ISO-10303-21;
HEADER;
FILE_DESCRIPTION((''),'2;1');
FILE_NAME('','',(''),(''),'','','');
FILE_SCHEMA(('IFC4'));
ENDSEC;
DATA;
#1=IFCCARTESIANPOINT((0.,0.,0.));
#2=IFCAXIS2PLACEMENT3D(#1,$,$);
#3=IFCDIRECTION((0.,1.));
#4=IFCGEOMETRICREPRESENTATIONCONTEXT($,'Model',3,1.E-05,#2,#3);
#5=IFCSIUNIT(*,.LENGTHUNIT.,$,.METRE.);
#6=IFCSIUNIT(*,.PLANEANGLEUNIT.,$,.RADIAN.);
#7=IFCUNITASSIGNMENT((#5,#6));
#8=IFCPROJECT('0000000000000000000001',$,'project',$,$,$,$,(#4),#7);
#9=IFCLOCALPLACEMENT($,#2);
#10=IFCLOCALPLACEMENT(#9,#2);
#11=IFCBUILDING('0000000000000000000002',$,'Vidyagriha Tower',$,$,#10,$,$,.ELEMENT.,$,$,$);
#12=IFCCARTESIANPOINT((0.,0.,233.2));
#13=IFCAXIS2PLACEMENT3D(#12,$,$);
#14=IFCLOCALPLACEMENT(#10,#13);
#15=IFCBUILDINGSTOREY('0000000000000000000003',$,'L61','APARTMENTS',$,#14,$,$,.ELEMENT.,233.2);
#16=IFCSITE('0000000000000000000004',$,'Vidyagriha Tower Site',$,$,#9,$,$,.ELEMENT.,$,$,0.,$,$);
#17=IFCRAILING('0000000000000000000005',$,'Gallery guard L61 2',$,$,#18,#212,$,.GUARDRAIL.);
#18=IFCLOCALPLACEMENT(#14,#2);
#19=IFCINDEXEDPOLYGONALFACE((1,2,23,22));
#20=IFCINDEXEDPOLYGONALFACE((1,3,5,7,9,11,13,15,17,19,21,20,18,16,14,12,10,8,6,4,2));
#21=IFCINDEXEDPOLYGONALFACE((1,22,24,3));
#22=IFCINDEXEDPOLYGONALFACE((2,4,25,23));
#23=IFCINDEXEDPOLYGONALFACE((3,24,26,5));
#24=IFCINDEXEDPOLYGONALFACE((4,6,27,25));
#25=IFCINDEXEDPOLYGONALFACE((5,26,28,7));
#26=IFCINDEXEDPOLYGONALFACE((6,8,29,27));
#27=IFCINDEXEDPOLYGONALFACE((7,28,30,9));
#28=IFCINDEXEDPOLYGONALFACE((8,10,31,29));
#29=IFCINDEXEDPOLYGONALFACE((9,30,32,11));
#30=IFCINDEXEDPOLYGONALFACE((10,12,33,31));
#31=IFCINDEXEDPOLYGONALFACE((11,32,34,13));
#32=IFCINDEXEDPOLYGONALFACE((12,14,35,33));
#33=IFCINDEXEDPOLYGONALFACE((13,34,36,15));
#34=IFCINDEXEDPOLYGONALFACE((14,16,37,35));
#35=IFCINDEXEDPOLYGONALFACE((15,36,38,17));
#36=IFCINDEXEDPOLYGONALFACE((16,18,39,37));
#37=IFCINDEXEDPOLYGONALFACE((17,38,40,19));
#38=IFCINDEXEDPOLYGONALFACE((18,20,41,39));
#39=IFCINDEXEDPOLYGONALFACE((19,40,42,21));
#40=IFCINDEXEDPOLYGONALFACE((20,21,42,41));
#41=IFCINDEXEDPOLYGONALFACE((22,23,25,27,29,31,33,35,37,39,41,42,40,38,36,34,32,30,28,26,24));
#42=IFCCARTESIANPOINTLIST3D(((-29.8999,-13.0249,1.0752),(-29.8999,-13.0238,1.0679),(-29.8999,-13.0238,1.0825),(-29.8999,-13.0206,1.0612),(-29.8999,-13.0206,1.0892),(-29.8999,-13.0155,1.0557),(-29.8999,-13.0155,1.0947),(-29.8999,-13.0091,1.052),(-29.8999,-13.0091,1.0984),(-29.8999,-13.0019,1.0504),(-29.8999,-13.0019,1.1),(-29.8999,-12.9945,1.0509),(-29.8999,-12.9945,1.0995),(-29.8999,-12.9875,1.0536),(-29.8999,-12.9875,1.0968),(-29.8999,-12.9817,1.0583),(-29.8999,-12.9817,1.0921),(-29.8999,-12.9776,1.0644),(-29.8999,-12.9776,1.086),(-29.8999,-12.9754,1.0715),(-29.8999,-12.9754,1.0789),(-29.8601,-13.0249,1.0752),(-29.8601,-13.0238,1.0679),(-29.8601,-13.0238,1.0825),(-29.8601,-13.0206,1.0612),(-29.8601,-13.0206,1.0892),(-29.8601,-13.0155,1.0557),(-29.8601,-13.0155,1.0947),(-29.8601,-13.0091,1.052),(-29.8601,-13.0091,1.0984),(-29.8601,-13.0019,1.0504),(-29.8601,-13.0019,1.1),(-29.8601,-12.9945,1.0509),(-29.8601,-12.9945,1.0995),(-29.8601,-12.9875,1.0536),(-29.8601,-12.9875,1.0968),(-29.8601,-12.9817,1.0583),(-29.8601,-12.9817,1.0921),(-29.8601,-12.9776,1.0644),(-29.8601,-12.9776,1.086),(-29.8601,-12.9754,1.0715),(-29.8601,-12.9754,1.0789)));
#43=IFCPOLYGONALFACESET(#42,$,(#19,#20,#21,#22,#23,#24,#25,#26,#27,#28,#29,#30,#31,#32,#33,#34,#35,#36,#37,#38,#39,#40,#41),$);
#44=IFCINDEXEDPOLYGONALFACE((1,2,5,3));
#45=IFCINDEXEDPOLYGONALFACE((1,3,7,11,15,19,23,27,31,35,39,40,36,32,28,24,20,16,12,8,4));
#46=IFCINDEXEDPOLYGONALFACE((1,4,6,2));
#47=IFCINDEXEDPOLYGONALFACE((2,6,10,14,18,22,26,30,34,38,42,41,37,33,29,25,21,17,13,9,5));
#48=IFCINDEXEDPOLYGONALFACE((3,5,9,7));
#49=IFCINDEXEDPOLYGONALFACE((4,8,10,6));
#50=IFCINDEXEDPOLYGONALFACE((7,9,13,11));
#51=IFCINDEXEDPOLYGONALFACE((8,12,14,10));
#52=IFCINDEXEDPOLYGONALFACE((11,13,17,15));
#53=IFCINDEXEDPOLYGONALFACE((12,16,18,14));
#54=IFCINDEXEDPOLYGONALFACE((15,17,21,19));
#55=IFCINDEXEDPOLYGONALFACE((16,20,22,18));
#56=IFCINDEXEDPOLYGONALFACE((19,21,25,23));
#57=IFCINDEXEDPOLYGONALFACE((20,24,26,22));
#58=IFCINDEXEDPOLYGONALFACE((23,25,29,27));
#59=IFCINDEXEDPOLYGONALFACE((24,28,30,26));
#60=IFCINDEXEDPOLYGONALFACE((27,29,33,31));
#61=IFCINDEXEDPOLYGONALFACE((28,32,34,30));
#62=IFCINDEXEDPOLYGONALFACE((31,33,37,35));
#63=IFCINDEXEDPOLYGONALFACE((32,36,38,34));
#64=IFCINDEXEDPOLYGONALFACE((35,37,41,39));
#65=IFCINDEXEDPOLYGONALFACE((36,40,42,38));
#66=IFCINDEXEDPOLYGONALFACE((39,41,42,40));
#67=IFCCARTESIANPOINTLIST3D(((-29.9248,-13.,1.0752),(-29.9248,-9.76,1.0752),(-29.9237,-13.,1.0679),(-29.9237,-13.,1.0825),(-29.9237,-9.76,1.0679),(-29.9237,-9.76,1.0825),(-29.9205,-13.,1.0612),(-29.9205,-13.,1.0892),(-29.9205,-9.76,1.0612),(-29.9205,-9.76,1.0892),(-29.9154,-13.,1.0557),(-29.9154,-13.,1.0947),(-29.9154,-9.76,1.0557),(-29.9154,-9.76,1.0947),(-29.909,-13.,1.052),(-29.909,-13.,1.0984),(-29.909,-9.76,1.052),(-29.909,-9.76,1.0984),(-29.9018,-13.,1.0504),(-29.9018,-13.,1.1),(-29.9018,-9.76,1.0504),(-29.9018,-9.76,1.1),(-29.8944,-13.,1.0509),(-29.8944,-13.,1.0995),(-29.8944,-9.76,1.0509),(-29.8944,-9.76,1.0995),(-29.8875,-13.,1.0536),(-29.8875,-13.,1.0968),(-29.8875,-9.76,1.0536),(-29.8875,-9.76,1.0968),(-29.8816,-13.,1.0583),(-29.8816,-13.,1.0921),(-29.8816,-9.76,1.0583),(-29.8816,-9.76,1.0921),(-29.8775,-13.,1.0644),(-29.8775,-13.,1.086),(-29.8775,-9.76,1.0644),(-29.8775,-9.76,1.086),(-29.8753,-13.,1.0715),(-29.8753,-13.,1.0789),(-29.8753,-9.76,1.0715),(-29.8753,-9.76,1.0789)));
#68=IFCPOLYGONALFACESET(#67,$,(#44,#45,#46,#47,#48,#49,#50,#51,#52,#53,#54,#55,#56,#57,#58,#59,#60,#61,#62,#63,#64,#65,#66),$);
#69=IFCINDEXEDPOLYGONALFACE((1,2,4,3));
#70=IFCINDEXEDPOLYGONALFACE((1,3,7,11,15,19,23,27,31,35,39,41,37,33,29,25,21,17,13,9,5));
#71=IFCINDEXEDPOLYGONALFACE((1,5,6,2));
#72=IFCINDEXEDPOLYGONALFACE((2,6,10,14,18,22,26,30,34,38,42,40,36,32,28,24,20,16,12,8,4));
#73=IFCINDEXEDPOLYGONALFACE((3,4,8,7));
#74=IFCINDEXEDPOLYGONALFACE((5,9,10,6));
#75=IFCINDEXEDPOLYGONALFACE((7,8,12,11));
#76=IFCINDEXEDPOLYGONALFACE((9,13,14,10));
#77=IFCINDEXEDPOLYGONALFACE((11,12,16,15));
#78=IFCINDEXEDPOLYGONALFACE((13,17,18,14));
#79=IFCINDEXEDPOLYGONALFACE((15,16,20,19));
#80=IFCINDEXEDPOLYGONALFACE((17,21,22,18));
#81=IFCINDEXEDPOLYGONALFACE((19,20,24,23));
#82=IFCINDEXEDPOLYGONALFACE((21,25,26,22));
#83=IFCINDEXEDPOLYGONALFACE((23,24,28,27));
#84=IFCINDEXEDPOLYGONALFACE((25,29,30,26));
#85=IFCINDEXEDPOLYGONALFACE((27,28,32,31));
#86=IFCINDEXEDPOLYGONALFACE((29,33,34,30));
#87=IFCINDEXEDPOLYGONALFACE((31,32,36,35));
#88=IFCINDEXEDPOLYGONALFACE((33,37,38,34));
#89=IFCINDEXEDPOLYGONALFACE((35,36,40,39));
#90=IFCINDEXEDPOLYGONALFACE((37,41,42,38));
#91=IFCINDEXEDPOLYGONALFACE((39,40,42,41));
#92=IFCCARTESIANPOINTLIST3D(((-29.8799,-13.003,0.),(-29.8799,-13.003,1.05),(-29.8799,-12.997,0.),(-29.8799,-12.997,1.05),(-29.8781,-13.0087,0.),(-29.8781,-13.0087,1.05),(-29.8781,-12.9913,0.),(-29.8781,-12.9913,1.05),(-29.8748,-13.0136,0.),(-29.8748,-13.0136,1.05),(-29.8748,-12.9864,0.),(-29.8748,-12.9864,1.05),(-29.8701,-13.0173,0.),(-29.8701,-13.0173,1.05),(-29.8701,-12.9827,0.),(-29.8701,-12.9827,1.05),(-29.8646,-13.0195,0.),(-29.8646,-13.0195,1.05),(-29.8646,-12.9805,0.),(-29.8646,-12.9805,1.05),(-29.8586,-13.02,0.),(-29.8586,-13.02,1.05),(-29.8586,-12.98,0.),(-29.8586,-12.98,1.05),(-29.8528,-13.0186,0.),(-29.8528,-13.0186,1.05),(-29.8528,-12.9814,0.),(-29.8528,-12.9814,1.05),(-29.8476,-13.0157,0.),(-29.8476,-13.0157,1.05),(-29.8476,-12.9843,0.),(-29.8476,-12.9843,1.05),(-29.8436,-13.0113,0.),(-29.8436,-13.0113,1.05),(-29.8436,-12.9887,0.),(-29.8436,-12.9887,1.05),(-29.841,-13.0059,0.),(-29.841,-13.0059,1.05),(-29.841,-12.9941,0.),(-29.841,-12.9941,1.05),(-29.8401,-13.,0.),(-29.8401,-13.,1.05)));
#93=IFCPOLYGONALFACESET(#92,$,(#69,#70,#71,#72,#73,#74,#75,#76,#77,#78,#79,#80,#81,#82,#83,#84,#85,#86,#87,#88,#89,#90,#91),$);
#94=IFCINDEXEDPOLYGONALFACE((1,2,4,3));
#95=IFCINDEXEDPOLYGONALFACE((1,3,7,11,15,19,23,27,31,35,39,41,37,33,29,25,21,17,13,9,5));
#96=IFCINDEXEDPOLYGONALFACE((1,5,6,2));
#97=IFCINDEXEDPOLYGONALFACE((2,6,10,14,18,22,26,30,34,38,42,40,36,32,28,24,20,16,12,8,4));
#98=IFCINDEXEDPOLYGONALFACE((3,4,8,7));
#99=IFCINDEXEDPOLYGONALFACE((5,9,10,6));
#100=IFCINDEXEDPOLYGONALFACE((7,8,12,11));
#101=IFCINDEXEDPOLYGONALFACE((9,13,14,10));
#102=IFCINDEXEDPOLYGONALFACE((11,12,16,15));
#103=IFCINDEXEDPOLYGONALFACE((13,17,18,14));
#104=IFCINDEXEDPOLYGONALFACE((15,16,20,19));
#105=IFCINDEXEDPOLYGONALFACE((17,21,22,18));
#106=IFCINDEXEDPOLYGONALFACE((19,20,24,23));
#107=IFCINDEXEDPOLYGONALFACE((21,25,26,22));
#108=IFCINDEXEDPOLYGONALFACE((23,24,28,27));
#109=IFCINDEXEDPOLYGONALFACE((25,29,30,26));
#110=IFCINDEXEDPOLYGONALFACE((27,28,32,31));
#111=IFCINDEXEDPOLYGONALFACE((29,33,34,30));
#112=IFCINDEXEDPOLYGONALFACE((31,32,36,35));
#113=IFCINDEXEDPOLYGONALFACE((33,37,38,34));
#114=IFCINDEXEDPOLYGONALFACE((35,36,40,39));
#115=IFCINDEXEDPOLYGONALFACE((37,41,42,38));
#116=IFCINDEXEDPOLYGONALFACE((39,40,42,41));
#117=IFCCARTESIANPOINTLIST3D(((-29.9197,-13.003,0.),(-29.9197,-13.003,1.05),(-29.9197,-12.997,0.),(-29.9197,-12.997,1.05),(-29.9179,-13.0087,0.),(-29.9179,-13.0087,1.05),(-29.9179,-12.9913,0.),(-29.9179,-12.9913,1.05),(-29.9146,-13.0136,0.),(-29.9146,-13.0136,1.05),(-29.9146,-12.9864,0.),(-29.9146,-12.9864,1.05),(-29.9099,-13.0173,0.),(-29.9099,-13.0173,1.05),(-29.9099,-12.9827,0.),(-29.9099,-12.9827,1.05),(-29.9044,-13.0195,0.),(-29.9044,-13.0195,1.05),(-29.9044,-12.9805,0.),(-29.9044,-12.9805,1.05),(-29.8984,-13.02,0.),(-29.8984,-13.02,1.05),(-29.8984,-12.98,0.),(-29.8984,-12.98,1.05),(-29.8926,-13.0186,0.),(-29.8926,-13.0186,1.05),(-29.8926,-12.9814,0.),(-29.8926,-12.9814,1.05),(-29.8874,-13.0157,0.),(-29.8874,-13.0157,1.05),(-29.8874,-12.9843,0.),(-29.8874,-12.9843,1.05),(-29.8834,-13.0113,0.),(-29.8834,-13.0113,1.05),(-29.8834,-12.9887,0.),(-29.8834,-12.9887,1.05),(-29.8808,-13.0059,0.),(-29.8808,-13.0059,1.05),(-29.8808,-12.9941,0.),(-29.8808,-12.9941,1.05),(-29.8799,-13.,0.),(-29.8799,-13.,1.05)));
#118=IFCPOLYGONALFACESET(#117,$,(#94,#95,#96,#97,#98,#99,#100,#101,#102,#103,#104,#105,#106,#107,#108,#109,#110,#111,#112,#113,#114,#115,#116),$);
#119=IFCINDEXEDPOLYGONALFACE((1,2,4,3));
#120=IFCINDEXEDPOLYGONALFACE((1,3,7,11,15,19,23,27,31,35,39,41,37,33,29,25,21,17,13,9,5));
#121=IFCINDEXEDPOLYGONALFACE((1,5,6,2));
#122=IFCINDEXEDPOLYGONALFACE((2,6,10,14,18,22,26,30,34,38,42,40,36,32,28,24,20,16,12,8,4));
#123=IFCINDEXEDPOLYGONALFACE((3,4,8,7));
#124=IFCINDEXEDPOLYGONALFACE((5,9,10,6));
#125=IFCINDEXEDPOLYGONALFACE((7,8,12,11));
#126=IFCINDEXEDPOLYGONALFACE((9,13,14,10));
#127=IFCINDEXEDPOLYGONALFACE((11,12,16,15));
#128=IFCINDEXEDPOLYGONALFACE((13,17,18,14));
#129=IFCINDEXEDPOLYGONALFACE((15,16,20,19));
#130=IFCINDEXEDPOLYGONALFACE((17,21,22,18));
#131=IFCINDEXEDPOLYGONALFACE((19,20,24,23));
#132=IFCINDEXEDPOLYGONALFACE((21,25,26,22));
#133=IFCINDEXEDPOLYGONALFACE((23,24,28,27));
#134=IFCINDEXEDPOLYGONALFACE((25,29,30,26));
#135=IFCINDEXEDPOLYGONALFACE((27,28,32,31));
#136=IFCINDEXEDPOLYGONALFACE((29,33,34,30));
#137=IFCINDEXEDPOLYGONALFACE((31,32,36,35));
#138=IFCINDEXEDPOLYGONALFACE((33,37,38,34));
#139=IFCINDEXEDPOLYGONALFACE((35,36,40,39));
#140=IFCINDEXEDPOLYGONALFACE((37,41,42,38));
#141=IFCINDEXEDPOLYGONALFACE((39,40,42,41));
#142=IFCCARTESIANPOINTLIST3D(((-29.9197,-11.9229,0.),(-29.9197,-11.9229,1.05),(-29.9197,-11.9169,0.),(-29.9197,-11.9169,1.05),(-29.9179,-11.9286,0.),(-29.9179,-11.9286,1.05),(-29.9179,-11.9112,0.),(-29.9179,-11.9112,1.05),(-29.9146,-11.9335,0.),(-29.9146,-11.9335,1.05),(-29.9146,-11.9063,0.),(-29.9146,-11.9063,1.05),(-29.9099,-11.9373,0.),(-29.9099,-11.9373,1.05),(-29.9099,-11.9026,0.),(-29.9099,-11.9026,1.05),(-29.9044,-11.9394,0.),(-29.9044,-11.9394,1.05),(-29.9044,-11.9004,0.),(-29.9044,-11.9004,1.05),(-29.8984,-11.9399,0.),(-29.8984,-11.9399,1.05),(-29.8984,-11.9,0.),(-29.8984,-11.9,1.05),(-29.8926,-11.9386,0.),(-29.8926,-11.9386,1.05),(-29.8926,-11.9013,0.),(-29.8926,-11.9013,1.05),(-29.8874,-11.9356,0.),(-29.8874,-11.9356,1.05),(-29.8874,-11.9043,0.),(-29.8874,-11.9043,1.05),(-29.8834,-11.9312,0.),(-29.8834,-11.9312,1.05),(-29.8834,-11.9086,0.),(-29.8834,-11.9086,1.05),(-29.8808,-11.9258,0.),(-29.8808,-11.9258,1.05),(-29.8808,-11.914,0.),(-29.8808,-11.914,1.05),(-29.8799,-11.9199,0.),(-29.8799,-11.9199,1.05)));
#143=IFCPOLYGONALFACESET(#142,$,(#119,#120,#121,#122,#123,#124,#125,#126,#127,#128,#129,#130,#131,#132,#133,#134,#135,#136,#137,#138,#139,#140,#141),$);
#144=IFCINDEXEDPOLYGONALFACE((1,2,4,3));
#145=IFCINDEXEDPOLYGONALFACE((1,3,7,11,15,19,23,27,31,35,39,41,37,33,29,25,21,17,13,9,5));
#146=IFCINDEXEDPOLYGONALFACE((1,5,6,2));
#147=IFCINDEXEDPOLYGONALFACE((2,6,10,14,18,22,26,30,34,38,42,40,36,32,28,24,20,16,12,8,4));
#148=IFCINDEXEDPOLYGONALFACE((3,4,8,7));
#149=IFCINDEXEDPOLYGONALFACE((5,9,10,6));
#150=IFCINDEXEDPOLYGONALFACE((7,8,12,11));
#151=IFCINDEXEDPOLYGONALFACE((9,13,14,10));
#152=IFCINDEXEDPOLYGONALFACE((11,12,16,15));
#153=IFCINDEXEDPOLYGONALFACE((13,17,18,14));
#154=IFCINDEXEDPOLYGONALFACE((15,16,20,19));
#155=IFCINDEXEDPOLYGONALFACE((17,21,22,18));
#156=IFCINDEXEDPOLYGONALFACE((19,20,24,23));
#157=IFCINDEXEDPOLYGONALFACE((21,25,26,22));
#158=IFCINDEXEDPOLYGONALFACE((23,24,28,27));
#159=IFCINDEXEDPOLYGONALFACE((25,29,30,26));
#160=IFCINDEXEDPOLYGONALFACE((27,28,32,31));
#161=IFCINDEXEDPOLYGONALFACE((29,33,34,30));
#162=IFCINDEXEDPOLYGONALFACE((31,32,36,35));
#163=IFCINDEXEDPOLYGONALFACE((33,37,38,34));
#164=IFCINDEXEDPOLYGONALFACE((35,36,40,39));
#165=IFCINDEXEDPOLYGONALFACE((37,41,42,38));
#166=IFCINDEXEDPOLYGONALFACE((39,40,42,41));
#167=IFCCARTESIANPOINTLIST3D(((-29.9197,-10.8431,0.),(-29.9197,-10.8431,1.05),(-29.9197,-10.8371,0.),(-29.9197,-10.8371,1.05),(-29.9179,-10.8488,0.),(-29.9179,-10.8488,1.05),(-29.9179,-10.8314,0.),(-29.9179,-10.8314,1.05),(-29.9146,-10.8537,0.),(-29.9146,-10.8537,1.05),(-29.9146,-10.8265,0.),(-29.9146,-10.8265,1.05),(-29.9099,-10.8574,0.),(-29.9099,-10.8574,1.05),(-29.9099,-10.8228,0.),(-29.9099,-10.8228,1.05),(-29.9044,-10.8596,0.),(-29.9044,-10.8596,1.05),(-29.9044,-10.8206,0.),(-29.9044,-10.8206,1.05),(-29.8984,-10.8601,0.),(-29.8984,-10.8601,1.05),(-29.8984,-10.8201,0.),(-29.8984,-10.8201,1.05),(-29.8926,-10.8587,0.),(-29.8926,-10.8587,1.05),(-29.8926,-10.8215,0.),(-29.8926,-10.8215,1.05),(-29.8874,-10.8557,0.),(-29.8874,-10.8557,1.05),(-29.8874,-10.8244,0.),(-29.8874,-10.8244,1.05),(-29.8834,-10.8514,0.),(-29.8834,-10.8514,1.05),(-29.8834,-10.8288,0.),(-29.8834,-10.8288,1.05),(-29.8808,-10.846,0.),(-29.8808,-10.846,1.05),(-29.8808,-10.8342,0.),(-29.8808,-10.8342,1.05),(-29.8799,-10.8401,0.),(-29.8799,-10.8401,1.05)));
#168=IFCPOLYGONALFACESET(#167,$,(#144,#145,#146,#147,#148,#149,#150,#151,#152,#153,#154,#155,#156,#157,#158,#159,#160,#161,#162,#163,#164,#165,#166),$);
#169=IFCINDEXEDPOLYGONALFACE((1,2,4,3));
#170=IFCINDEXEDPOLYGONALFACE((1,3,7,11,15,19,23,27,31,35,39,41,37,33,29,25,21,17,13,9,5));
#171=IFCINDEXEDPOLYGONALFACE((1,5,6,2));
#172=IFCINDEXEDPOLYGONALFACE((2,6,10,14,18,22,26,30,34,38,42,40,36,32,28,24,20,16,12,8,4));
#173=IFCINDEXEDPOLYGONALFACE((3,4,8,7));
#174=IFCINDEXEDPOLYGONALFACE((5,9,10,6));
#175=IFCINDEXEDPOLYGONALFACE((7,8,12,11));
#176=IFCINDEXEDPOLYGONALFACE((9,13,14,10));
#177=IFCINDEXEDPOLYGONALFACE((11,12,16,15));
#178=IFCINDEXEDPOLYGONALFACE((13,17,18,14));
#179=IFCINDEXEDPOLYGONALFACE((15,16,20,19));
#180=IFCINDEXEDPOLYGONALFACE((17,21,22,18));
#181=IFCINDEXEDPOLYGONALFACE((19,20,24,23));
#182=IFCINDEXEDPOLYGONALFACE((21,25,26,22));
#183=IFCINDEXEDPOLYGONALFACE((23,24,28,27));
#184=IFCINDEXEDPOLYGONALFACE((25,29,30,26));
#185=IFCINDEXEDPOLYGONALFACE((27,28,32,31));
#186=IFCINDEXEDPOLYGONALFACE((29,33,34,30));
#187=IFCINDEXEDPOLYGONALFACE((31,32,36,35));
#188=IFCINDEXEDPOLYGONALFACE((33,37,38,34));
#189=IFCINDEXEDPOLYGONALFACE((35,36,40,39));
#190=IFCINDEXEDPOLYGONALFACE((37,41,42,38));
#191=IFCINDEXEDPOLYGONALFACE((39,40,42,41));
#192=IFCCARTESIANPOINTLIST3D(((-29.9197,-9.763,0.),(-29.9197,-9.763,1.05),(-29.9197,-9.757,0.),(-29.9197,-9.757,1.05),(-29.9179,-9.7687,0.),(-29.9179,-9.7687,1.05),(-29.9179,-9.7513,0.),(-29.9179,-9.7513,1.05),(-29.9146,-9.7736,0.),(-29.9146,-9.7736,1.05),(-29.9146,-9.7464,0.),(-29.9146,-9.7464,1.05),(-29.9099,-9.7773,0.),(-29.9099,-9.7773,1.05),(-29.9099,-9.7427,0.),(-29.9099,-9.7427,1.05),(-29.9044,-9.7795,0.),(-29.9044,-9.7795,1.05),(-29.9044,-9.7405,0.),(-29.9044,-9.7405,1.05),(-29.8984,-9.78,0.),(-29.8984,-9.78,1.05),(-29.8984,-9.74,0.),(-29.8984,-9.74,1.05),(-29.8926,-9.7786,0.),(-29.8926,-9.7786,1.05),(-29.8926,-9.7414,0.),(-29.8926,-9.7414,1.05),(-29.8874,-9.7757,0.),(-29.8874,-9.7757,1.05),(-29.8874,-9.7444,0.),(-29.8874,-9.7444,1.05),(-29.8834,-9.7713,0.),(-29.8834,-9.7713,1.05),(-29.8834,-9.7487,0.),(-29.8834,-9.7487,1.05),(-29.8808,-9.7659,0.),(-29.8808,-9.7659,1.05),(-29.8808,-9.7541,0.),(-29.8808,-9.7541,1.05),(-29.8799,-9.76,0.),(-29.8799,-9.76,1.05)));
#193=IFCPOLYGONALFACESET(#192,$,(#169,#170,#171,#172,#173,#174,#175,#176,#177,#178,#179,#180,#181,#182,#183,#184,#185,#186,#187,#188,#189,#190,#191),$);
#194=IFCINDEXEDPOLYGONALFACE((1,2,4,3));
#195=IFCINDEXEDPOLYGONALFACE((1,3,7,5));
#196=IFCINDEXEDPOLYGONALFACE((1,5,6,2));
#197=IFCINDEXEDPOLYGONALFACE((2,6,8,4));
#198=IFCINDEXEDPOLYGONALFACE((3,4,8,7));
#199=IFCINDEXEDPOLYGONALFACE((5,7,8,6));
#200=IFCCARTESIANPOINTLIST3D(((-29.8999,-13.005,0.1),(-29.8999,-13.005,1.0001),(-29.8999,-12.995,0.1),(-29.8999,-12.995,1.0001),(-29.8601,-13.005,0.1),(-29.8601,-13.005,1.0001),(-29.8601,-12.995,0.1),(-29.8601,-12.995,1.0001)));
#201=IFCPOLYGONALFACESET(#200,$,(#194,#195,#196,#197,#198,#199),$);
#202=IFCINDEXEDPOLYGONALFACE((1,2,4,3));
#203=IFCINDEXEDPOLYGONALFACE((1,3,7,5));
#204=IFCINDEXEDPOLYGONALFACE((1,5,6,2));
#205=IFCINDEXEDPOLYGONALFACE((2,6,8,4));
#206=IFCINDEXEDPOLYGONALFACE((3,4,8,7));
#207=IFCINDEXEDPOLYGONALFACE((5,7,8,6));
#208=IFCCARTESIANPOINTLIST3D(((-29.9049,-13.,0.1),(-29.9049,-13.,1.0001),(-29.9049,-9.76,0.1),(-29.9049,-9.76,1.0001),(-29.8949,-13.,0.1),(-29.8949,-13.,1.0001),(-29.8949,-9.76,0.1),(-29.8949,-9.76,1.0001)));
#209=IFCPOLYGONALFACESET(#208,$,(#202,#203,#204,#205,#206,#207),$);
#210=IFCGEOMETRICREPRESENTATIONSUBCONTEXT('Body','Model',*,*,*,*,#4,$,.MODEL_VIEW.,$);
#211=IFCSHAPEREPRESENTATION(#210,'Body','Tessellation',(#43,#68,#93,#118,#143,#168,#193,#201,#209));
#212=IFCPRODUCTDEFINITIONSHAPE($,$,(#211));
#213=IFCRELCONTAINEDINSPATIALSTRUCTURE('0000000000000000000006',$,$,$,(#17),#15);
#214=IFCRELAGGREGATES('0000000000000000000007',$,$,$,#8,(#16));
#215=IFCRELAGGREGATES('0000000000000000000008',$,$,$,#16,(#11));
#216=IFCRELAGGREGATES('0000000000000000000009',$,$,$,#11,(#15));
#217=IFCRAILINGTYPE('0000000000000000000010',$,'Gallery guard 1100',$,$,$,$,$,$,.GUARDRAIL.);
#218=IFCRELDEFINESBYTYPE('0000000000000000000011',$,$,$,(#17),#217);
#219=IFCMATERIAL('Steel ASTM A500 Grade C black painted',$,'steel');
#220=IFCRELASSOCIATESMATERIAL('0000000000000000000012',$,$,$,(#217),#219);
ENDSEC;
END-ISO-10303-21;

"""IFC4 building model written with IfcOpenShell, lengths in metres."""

from ifc_helpers import new_model, si_unit, direction, frame, origin, origin_2d, place, context, subcontext, project, spatial, rectangle, circle, extrude, material, type_object, element, save


model = new_model("IFC4")

# Units and contexts
model_context = context("Model", 3, precision=1e-05, world=origin(), true_north=direction((0.0, 1.0)))
body_context = subcontext(model_context, "Body", "Model", "MODEL_VIEW")
ifc_project = project(units=[si_unit("LENGTHUNIT", "METRE"), si_unit("PLANEANGLEUNIT", "RADIAN")], contexts=[model_context])

# Site, building, storey
site_placement = place(None, origin())
site = spatial("IfcSite", under=ifc_project, at=site_placement, Name="Vidyagriha Tower Site", CompositionType="ELEMENT", RefElevation=0.0)
building_placement = place(site_placement, origin())
building = spatial("IfcBuilding", under=site, at=building_placement, Name="Vidyagriha Tower", CompositionType="ELEMENT")
storey_placement = place(building_placement, frame((0.0, 0.0, 233.2)))
storey = spatial("IfcBuildingStorey", under=building, at=storey_placement, Name="L61", Description="APARTMENTS", CompositionType="ELEMENT", Elevation=233.2)

# Railing
ifc_material_1 = material(Name="Steel ASTM A500 Grade C black painted", Category="steel")
railing_type = type_object("IfcRailingType", Name="Gallery guard 1100", PredefinedType="GUARDRAIL", material=ifc_material_1)
railing_1_placement = place(storey_placement, frame((-29.8601, -13.0, 0.0)))
element("IfcRailing", 1, at=railing_1_placement, inside=storey, type_object=railing_type, Name="Gallery guard L61 2", PredefinedType="GUARDRAIL", context=body_context, shape_type="SweptSolid", body=[
    extrude(circle(Radius=0.0249, at=origin_2d()), frame((0.0, 0.0, 1.0752), z_axis=(-1.0, 0.0, 0.0), x_axis=(0.0, -1.0, 0.0)), (0.0, 0.0, 1.0), 0.0398),
    extrude(circle(Radius=0.0249, at=origin_2d()), frame((-0.0398, 0.0, 1.0752), z_axis=(0.0, 1.0, 0.0), x_axis=(-1.0, 0.0, 0.0)), (0.0, 0.0, 1.0), 3.24),
    extrude(circle(Radius=0.02, at=origin_2d()), origin(), (0.0, 0.0, 1.0), 1.05),
    extrude(circle(Radius=0.02, at=origin_2d()), frame((-0.0398, 0.0, 0.0)), (0.0, 0.0, 1.0), 1.05),
    extrude(circle(Radius=0.02, at=origin_2d()), frame((-0.0398, 1.0801, 0.0)), (0.0, 0.0, 1.0), 1.05),
    extrude(circle(Radius=0.02, at=origin_2d()), frame((-0.0398, 2.1599, 0.0)), (0.0, 0.0, 1.0), 1.05),
    extrude(circle(Radius=0.02, at=origin_2d()), frame((-0.0398, 3.24, 0.0)), (0.0, 0.0, 1.0), 1.05),
    extrude(rectangle(XDim=0.01, YDim=0.9001, at=origin_2d()), frame((0.0, 0.0, 0.55), z_axis=(-1.0, 0.0, 0.0), x_axis=(0.0, -1.0, 0.0)), (0.0, 0.0, 1.0), 0.0398),
    extrude(rectangle(XDim=0.01, YDim=0.9001, at=origin_2d()), frame((-0.0398, 0.0, 0.55), z_axis=(0.0, 1.0, 0.0), x_axis=(-1.0, 0.0, 0.0)), (0.0, 0.0, 1.0), 3.24),
])

save(model, "model.ifc")
